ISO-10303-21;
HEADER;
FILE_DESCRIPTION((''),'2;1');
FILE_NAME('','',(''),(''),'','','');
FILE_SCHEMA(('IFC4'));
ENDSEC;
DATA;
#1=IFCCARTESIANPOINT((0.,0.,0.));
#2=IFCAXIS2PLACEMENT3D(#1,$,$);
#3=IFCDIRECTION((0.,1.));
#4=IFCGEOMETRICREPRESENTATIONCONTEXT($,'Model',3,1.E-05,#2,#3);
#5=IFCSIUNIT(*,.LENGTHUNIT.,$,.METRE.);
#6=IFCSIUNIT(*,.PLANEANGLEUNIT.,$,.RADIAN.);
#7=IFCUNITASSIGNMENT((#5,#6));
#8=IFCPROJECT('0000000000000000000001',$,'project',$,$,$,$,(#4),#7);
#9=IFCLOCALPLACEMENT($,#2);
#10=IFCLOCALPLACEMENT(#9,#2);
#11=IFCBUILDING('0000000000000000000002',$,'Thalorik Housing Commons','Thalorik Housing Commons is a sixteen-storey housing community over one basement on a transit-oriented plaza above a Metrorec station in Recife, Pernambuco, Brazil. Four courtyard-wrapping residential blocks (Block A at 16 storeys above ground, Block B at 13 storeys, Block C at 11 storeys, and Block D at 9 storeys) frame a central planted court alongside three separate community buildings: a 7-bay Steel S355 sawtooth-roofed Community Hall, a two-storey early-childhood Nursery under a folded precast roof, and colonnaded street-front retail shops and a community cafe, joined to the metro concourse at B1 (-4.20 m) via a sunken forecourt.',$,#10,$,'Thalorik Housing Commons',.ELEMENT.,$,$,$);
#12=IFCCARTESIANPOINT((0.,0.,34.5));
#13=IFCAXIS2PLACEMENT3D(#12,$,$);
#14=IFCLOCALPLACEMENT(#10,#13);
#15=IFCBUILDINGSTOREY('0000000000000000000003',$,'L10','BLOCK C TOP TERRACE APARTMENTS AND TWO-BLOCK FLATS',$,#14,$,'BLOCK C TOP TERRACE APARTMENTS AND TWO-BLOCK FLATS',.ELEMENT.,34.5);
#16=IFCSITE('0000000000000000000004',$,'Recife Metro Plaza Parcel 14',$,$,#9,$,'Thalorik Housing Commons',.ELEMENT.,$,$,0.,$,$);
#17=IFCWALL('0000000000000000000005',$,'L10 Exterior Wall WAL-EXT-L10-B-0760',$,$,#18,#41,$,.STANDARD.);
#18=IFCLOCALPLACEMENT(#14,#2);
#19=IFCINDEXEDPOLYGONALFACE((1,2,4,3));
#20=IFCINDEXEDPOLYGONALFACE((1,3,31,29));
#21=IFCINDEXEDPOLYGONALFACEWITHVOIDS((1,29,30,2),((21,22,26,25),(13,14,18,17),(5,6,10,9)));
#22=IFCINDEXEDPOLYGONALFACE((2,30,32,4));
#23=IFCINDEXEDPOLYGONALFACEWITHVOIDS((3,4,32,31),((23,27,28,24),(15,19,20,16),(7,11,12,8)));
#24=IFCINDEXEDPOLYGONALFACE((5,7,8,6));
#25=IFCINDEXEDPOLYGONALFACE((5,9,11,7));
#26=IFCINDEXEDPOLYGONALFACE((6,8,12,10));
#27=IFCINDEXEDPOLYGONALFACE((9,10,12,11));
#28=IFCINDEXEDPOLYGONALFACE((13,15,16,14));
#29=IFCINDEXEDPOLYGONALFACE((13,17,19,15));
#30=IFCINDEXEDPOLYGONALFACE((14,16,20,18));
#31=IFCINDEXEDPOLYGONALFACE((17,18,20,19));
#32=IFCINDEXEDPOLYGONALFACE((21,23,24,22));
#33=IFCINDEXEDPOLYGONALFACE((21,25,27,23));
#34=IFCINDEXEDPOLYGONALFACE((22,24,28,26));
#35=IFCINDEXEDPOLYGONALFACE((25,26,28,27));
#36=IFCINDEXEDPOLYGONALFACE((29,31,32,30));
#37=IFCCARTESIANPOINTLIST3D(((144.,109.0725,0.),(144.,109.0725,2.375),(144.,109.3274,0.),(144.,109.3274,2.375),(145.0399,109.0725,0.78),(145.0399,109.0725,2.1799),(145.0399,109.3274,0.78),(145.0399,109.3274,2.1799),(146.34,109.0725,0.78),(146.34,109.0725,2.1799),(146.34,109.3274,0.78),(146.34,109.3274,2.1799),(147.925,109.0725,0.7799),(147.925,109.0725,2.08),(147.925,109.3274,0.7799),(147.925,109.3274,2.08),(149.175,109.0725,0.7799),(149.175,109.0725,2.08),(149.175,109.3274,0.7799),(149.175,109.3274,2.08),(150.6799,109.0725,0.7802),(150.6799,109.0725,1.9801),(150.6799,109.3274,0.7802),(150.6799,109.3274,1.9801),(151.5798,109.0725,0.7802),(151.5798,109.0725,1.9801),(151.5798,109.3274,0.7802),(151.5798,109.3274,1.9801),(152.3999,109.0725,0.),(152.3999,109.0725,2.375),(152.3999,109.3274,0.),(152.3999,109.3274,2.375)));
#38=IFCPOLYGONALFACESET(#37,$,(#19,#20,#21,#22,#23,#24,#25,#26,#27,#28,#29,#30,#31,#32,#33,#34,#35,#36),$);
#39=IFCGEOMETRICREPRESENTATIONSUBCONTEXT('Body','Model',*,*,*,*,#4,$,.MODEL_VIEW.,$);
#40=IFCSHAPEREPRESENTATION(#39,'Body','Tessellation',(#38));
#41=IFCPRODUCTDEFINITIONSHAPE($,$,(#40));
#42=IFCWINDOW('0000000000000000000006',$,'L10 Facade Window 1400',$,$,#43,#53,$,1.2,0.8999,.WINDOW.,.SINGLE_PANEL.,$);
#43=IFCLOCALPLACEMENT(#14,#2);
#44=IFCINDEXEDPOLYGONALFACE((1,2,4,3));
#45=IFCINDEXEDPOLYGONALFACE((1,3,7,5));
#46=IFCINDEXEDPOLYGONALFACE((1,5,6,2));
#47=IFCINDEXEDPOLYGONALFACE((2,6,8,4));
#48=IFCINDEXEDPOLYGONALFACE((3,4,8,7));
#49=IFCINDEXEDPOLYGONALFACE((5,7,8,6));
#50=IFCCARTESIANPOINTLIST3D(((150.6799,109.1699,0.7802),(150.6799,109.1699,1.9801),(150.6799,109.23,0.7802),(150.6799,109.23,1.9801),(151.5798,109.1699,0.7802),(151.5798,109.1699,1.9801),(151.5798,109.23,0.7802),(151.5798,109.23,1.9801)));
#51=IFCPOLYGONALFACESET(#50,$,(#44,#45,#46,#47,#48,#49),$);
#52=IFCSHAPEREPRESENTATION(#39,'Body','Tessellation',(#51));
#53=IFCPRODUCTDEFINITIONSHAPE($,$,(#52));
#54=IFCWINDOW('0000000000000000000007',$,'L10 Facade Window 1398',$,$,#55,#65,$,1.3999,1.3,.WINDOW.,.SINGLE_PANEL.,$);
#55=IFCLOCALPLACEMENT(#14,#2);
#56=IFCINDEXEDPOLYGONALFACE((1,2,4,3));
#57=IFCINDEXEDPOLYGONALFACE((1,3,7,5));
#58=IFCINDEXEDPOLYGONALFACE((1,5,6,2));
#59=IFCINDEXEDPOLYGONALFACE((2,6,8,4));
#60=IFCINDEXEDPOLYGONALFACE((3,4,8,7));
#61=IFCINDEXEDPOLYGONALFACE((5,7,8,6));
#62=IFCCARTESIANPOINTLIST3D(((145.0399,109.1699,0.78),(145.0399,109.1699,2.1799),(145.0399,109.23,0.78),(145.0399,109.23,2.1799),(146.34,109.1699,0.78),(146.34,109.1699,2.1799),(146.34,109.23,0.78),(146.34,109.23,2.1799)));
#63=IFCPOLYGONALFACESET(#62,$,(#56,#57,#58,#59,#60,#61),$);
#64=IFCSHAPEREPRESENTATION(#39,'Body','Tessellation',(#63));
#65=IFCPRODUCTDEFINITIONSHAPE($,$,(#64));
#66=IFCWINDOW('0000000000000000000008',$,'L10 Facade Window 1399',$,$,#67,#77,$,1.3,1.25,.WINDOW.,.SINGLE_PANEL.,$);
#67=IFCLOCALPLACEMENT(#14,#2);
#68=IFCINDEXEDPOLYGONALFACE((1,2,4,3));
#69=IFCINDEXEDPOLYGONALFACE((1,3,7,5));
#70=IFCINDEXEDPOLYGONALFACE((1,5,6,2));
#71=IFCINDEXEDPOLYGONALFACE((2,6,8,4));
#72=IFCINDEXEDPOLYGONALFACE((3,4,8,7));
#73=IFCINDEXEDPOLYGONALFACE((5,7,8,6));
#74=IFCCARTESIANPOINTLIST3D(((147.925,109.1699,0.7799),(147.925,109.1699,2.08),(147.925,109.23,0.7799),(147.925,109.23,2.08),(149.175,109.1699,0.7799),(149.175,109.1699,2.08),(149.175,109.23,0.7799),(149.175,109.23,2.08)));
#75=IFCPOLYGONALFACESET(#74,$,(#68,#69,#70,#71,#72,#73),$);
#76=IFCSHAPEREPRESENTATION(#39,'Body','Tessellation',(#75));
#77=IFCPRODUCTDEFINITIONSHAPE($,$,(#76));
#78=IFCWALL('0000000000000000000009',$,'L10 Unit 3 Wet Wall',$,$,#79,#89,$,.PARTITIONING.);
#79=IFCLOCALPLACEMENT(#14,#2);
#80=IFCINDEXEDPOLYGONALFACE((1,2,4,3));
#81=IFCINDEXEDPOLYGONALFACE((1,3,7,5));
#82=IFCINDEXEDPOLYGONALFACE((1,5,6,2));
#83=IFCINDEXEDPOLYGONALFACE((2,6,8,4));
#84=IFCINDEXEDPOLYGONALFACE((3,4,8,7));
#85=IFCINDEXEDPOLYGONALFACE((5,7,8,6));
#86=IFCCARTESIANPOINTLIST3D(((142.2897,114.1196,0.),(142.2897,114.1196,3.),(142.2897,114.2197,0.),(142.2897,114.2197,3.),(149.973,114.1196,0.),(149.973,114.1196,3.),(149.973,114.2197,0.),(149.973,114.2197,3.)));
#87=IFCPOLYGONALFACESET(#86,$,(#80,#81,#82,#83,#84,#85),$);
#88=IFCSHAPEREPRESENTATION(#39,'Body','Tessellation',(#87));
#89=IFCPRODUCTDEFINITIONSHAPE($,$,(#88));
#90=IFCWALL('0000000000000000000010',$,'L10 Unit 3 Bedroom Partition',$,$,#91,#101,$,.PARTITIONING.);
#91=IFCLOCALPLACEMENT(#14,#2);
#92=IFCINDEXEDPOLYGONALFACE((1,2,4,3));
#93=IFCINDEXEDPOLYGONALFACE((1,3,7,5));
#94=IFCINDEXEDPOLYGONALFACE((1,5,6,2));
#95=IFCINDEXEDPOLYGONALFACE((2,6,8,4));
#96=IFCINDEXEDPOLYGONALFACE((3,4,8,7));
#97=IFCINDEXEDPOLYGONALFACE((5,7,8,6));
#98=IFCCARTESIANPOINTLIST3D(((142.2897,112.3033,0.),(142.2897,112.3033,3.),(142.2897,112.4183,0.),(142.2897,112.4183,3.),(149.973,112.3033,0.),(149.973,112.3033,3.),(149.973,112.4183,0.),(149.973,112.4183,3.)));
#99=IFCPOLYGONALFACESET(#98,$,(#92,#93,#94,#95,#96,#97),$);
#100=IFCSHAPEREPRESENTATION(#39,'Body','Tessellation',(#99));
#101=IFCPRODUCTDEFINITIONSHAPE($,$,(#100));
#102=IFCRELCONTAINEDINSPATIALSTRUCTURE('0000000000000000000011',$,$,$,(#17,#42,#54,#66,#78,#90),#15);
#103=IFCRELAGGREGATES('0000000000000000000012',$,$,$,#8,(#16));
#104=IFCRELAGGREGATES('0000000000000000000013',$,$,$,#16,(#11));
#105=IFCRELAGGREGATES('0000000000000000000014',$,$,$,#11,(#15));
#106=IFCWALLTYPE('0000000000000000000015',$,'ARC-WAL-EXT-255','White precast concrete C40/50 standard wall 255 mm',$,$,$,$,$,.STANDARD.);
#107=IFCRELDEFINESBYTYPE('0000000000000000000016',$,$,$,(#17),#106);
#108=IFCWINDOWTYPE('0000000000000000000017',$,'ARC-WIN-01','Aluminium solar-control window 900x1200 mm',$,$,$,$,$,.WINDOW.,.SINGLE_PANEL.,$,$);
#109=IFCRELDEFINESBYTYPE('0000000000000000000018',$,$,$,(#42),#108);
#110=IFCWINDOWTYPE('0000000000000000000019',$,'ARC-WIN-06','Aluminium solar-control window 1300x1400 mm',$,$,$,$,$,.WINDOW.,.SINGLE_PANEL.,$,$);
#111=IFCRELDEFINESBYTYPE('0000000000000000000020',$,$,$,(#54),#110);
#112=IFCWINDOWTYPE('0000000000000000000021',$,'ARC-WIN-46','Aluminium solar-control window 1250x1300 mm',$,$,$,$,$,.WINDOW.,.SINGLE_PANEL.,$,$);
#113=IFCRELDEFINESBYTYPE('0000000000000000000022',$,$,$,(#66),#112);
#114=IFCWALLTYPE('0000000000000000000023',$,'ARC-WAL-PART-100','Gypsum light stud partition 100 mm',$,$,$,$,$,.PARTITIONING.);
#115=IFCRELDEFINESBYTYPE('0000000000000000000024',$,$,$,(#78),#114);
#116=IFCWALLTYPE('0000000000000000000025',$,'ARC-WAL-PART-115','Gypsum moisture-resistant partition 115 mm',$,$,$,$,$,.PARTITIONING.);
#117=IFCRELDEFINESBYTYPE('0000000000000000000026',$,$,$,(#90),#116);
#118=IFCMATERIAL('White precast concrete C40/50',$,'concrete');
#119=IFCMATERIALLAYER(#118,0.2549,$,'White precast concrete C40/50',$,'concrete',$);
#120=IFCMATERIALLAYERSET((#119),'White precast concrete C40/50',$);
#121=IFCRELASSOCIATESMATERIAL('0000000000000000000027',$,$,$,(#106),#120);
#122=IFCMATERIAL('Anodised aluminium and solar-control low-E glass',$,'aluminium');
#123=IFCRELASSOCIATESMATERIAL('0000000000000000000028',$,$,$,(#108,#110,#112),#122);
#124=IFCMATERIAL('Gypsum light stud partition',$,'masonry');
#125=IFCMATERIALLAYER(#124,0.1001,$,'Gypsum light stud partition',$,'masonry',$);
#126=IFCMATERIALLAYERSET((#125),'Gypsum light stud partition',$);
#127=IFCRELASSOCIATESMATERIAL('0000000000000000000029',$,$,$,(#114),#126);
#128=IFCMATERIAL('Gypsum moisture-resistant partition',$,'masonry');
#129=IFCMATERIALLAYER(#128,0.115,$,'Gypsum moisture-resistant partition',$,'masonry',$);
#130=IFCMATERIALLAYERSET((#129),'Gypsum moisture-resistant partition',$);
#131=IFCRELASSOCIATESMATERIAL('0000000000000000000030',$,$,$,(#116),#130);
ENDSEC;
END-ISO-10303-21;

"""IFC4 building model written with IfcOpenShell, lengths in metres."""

from ifc_helpers import new_model, si_unit, direction, frame, frame_2d, origin, place, context, subcontext, project, spatial, rectangle, extrude, material, layer, layer_set, type_object, element, fill, save


model = new_model("IFC4")

# Units and contexts
model_context = context("Model", 3, precision=1e-05, world=origin(), true_north=direction((0.0, 1.0)))
body_context = subcontext(model_context, "Body", "Model", "MODEL_VIEW")
ifc_project = project(units=[si_unit("LENGTHUNIT", "METRE"), si_unit("PLANEANGLEUNIT", "RADIAN")], contexts=[model_context])

# Site, building, storey
site_placement = place(None, origin())
site = spatial("IfcSite", under=ifc_project, at=site_placement, Name="Recife Metro Plaza Parcel 14", LongName="Thalorik Housing Commons", CompositionType="ELEMENT", RefElevation=0.0)
building_placement = place(site_placement, origin())
building = spatial("IfcBuilding", under=site, at=building_placement, Name="Thalorik Housing Commons", Description="Thalorik Housing Commons is a sixteen-storey housing community over one basement on a transit-oriented plaza above a Metrorec station in Recife, Pernambuco, Brazil. Four courtyard-wrapping residential blocks (Block A at 16 storeys above ground, Block B at 13 storeys, Block C at 11 storeys, and Block D at 9 storeys) frame a central planted court alongside three separate community buildings: a 7-bay Steel S355 sawtooth-roofed Community Hall, a two-storey early-childhood Nursery under a folded precast roof, and colonnaded street-front retail shops and a community cafe, joined to the metro concourse at B1 (-4.20 m) via a sunken forecourt.", LongName="Thalorik Housing Commons", CompositionType="ELEMENT")
storey_placement = place(building_placement, frame((0.0, 0.0, 34.5)))
storey = spatial("IfcBuildingStorey", under=building, at=storey_placement, Name="L10", Description="BLOCK C TOP TERRACE APARTMENTS AND TWO-BLOCK FLATS", LongName="BLOCK C TOP TERRACE APARTMENTS AND TWO-BLOCK FLATS", CompositionType="ELEMENT", Elevation=34.5)

# Wall, openings, windows
ifc_material_1 = material(Name="White precast concrete C40/50", Category="concrete")
ifc_layer_1 = layer(ifc_material_1, 0.2549, Name="White precast concrete C40/50", Category="concrete")
ifc_layer_set_1 = layer_set([ifc_layer_1], Name="White precast concrete C40/50")
wall_type_1 = type_object("IfcWallType", Name="ARC-WAL-EXT-255", Description="White precast concrete C40/50 standard wall 255 mm", PredefinedType="STANDARD", material=ifc_layer_set_1)
ifc_material_2 = material(Name="Anodised aluminium and solar-control low-E glass", Category="aluminium")
wall_1_placement = place(storey_placement, frame((144.0, 109.2, 0.0), z_axis=(0.0, 0.0, 1.0), x_axis=(1.0, 0.0, 0.0)))
wall_1 = element("IfcWall", 1, at=wall_1_placement, inside=storey, type_object=wall_type_1, Name="L10 Exterior Wall WAL-EXT-L10-B-0760", PredefinedType="STANDARD", context=body_context, shape_type="SweptSolid", body=[
    extrude(rectangle(XDim=8.3999, YDim=0.2549, at=frame_2d((4.2, 0.0))), origin(), (0.0, 0.0, 1.0), 2.375),
])
opening_1_placement = place(wall_1_placement, frame((1.04, 0.0, 0.78)))
opening_1 = element("IfcOpeningElement", 2, at=opening_1_placement, cuts=wall_1, PredefinedType="OPENING", context=body_context, shape_type="SweptSolid", body=[
    extrude(rectangle(XDim=1.3, YDim=1.3999, at=frame_2d((0.6499, 0.7))), frame((0.0, 0.1375, 0.0), z_axis=(0.0, -1.0, 0.0), x_axis=(1.0, 0.0, 0.0)), (0.0, 0.0, 1.0), 0.2749),
])
opening_2_placement = place(wall_1_placement, frame((3.925, 0.0, 0.78)))
opening_2 = element("IfcOpeningElement", 3, at=opening_2_placement, cuts=wall_1, PredefinedType="OPENING", context=body_context, shape_type="SweptSolid", body=[
    extrude(rectangle(XDim=1.25, YDim=1.3, at=frame_2d((0.625, 0.6499))), frame((0.0, 0.1375, 0.0), z_axis=(0.0, -1.0, 0.0), x_axis=(1.0, 0.0, 0.0)), (0.0, 0.0, 1.0), 0.2749),
])
opening_3_placement = place(wall_1_placement, frame((6.6799, 0.0, 0.78)))
opening_3 = element("IfcOpeningElement", 4, at=opening_3_placement, cuts=wall_1, PredefinedType="OPENING", context=body_context, shape_type="SweptSolid", body=[
    extrude(rectangle(XDim=0.8999, YDim=1.2, at=frame_2d((0.45, 0.6001))), frame((0.0, 0.1375, 0.0), z_axis=(0.0, -1.0, 0.0), x_axis=(1.0, 0.0, 0.0)), (0.0, 0.0, 1.0), 0.2749),
])
window_type_1 = type_object("IfcWindowType", Name="ARC-WIN-01", Description="Aluminium solar-control window 900x1200 mm", PartitioningType="SINGLE_PANEL", PredefinedType="WINDOW", material=ifc_material_2)
window_1_placement = place(opening_3_placement, origin())
window_1 = element("IfcWindow", 5, at=window_1_placement, inside=storey, type_object=window_type_1, Name="L10 Facade Window 1400", OverallHeight=1.2, OverallWidth=0.8999, PartitioningType="SINGLE_PANEL", PredefinedType="WINDOW", context=body_context, shape_type="SweptSolid", body=[
    extrude(rectangle(XDim=0.8999, YDim=1.2, at=frame_2d((0.45, 0.6001))), frame((0.0, 0.03, 0.0), z_axis=(0.0, -1.0, 0.0), x_axis=(1.0, 0.0, 0.0)), (0.0, 0.0, 1.0), 0.0601),
])
fill(opening_3, window_1)
window_type_2 = type_object("IfcWindowType", Name="ARC-WIN-06", Description="Aluminium solar-control window 1300x1400 mm", PartitioningType="SINGLE_PANEL", PredefinedType="WINDOW", material=ifc_material_2)
window_2_placement = place(opening_1_placement, origin())
window_2 = element("IfcWindow", 6, at=window_2_placement, inside=storey, type_object=window_type_2, Name="L10 Facade Window 1398", OverallHeight=1.3999, OverallWidth=1.3, PartitioningType="SINGLE_PANEL", PredefinedType="WINDOW", context=body_context, shape_type="SweptSolid", body=[
    extrude(rectangle(XDim=1.3, YDim=1.3999, at=frame_2d((0.6499, 0.7))), frame((0.0, 0.03, 0.0), z_axis=(0.0, -1.0, 0.0), x_axis=(1.0, 0.0, 0.0)), (0.0, 0.0, 1.0), 0.0601),
])
fill(opening_1, window_2)
window_type_3 = type_object("IfcWindowType", Name="ARC-WIN-46", Description="Aluminium solar-control window 1250x1300 mm", PartitioningType="SINGLE_PANEL", PredefinedType="WINDOW", material=ifc_material_2)
window_3_placement = place(opening_2_placement, origin())
window_3 = element("IfcWindow", 7, at=window_3_placement, inside=storey, type_object=window_type_3, Name="L10 Facade Window 1399", OverallHeight=1.3, OverallWidth=1.25, PartitioningType="SINGLE_PANEL", PredefinedType="WINDOW", context=body_context, shape_type="SweptSolid", body=[
    extrude(rectangle(XDim=1.25, YDim=1.3, at=frame_2d((0.625, 0.6499))), frame((0.0, 0.03, 0.0), z_axis=(0.0, -1.0, 0.0), x_axis=(1.0, 0.0, 0.0)), (0.0, 0.0, 1.0), 0.0601),
])
fill(opening_2, window_3)

# Walls
ifc_material_3 = material(Name="Gypsum light stud partition", Category="masonry")
ifc_layer_2 = layer(ifc_material_3, 0.1001, Name="Gypsum light stud partition", Category="masonry")
ifc_layer_set_2 = layer_set([ifc_layer_2], Name="Gypsum light stud partition")
wall_type_2 = type_object("IfcWallType", Name="ARC-WAL-PART-100", Description="Gypsum light stud partition 100 mm", PredefinedType="PARTITIONING", material=ifc_layer_set_2)
wall_2_placement = place(storey_placement, frame((142.2896, 114.1697, 0.0), z_axis=(0.0, 0.0, 1.0), x_axis=(1.0, 0.0, 0.0)))
element("IfcWall", 8, at=wall_2_placement, inside=storey, type_object=wall_type_2, Name="L10 Unit 3 Wet Wall", PredefinedType="PARTITIONING", context=body_context, shape_type="SweptSolid", body=[
    extrude(rectangle(XDim=7.6833, YDim=0.1001, at=frame_2d((3.8418, 0.0))), origin(), (0.0, 0.0, 1.0), 3.0),
])
ifc_material_4 = material(Name="Gypsum moisture-resistant partition", Category="masonry")
ifc_layer_3 = layer(ifc_material_4, 0.115, Name="Gypsum moisture-resistant partition", Category="masonry")
ifc_layer_set_3 = layer_set([ifc_layer_3], Name="Gypsum moisture-resistant partition")
wall_type_3 = type_object("IfcWallType", Name="ARC-WAL-PART-115", Description="Gypsum moisture-resistant partition 115 mm", PredefinedType="PARTITIONING", material=ifc_layer_set_3)
wall_3_placement = place(storey_placement, frame((142.2896, 112.3608, 0.0), z_axis=(0.0, 0.0, 1.0), x_axis=(1.0, 0.0, 0.0)))
element("IfcWall", 9, at=wall_3_placement, inside=storey, type_object=wall_type_3, Name="L10 Unit 3 Bedroom Partition", PredefinedType="PARTITIONING", context=body_context, shape_type="SweptSolid", body=[
    extrude(rectangle(XDim=7.6833, YDim=0.115, at=frame_2d((3.8418, 0.0))), origin(), (0.0, 0.0, 1.0), 3.0),
])

save(model, "model.ifc")
